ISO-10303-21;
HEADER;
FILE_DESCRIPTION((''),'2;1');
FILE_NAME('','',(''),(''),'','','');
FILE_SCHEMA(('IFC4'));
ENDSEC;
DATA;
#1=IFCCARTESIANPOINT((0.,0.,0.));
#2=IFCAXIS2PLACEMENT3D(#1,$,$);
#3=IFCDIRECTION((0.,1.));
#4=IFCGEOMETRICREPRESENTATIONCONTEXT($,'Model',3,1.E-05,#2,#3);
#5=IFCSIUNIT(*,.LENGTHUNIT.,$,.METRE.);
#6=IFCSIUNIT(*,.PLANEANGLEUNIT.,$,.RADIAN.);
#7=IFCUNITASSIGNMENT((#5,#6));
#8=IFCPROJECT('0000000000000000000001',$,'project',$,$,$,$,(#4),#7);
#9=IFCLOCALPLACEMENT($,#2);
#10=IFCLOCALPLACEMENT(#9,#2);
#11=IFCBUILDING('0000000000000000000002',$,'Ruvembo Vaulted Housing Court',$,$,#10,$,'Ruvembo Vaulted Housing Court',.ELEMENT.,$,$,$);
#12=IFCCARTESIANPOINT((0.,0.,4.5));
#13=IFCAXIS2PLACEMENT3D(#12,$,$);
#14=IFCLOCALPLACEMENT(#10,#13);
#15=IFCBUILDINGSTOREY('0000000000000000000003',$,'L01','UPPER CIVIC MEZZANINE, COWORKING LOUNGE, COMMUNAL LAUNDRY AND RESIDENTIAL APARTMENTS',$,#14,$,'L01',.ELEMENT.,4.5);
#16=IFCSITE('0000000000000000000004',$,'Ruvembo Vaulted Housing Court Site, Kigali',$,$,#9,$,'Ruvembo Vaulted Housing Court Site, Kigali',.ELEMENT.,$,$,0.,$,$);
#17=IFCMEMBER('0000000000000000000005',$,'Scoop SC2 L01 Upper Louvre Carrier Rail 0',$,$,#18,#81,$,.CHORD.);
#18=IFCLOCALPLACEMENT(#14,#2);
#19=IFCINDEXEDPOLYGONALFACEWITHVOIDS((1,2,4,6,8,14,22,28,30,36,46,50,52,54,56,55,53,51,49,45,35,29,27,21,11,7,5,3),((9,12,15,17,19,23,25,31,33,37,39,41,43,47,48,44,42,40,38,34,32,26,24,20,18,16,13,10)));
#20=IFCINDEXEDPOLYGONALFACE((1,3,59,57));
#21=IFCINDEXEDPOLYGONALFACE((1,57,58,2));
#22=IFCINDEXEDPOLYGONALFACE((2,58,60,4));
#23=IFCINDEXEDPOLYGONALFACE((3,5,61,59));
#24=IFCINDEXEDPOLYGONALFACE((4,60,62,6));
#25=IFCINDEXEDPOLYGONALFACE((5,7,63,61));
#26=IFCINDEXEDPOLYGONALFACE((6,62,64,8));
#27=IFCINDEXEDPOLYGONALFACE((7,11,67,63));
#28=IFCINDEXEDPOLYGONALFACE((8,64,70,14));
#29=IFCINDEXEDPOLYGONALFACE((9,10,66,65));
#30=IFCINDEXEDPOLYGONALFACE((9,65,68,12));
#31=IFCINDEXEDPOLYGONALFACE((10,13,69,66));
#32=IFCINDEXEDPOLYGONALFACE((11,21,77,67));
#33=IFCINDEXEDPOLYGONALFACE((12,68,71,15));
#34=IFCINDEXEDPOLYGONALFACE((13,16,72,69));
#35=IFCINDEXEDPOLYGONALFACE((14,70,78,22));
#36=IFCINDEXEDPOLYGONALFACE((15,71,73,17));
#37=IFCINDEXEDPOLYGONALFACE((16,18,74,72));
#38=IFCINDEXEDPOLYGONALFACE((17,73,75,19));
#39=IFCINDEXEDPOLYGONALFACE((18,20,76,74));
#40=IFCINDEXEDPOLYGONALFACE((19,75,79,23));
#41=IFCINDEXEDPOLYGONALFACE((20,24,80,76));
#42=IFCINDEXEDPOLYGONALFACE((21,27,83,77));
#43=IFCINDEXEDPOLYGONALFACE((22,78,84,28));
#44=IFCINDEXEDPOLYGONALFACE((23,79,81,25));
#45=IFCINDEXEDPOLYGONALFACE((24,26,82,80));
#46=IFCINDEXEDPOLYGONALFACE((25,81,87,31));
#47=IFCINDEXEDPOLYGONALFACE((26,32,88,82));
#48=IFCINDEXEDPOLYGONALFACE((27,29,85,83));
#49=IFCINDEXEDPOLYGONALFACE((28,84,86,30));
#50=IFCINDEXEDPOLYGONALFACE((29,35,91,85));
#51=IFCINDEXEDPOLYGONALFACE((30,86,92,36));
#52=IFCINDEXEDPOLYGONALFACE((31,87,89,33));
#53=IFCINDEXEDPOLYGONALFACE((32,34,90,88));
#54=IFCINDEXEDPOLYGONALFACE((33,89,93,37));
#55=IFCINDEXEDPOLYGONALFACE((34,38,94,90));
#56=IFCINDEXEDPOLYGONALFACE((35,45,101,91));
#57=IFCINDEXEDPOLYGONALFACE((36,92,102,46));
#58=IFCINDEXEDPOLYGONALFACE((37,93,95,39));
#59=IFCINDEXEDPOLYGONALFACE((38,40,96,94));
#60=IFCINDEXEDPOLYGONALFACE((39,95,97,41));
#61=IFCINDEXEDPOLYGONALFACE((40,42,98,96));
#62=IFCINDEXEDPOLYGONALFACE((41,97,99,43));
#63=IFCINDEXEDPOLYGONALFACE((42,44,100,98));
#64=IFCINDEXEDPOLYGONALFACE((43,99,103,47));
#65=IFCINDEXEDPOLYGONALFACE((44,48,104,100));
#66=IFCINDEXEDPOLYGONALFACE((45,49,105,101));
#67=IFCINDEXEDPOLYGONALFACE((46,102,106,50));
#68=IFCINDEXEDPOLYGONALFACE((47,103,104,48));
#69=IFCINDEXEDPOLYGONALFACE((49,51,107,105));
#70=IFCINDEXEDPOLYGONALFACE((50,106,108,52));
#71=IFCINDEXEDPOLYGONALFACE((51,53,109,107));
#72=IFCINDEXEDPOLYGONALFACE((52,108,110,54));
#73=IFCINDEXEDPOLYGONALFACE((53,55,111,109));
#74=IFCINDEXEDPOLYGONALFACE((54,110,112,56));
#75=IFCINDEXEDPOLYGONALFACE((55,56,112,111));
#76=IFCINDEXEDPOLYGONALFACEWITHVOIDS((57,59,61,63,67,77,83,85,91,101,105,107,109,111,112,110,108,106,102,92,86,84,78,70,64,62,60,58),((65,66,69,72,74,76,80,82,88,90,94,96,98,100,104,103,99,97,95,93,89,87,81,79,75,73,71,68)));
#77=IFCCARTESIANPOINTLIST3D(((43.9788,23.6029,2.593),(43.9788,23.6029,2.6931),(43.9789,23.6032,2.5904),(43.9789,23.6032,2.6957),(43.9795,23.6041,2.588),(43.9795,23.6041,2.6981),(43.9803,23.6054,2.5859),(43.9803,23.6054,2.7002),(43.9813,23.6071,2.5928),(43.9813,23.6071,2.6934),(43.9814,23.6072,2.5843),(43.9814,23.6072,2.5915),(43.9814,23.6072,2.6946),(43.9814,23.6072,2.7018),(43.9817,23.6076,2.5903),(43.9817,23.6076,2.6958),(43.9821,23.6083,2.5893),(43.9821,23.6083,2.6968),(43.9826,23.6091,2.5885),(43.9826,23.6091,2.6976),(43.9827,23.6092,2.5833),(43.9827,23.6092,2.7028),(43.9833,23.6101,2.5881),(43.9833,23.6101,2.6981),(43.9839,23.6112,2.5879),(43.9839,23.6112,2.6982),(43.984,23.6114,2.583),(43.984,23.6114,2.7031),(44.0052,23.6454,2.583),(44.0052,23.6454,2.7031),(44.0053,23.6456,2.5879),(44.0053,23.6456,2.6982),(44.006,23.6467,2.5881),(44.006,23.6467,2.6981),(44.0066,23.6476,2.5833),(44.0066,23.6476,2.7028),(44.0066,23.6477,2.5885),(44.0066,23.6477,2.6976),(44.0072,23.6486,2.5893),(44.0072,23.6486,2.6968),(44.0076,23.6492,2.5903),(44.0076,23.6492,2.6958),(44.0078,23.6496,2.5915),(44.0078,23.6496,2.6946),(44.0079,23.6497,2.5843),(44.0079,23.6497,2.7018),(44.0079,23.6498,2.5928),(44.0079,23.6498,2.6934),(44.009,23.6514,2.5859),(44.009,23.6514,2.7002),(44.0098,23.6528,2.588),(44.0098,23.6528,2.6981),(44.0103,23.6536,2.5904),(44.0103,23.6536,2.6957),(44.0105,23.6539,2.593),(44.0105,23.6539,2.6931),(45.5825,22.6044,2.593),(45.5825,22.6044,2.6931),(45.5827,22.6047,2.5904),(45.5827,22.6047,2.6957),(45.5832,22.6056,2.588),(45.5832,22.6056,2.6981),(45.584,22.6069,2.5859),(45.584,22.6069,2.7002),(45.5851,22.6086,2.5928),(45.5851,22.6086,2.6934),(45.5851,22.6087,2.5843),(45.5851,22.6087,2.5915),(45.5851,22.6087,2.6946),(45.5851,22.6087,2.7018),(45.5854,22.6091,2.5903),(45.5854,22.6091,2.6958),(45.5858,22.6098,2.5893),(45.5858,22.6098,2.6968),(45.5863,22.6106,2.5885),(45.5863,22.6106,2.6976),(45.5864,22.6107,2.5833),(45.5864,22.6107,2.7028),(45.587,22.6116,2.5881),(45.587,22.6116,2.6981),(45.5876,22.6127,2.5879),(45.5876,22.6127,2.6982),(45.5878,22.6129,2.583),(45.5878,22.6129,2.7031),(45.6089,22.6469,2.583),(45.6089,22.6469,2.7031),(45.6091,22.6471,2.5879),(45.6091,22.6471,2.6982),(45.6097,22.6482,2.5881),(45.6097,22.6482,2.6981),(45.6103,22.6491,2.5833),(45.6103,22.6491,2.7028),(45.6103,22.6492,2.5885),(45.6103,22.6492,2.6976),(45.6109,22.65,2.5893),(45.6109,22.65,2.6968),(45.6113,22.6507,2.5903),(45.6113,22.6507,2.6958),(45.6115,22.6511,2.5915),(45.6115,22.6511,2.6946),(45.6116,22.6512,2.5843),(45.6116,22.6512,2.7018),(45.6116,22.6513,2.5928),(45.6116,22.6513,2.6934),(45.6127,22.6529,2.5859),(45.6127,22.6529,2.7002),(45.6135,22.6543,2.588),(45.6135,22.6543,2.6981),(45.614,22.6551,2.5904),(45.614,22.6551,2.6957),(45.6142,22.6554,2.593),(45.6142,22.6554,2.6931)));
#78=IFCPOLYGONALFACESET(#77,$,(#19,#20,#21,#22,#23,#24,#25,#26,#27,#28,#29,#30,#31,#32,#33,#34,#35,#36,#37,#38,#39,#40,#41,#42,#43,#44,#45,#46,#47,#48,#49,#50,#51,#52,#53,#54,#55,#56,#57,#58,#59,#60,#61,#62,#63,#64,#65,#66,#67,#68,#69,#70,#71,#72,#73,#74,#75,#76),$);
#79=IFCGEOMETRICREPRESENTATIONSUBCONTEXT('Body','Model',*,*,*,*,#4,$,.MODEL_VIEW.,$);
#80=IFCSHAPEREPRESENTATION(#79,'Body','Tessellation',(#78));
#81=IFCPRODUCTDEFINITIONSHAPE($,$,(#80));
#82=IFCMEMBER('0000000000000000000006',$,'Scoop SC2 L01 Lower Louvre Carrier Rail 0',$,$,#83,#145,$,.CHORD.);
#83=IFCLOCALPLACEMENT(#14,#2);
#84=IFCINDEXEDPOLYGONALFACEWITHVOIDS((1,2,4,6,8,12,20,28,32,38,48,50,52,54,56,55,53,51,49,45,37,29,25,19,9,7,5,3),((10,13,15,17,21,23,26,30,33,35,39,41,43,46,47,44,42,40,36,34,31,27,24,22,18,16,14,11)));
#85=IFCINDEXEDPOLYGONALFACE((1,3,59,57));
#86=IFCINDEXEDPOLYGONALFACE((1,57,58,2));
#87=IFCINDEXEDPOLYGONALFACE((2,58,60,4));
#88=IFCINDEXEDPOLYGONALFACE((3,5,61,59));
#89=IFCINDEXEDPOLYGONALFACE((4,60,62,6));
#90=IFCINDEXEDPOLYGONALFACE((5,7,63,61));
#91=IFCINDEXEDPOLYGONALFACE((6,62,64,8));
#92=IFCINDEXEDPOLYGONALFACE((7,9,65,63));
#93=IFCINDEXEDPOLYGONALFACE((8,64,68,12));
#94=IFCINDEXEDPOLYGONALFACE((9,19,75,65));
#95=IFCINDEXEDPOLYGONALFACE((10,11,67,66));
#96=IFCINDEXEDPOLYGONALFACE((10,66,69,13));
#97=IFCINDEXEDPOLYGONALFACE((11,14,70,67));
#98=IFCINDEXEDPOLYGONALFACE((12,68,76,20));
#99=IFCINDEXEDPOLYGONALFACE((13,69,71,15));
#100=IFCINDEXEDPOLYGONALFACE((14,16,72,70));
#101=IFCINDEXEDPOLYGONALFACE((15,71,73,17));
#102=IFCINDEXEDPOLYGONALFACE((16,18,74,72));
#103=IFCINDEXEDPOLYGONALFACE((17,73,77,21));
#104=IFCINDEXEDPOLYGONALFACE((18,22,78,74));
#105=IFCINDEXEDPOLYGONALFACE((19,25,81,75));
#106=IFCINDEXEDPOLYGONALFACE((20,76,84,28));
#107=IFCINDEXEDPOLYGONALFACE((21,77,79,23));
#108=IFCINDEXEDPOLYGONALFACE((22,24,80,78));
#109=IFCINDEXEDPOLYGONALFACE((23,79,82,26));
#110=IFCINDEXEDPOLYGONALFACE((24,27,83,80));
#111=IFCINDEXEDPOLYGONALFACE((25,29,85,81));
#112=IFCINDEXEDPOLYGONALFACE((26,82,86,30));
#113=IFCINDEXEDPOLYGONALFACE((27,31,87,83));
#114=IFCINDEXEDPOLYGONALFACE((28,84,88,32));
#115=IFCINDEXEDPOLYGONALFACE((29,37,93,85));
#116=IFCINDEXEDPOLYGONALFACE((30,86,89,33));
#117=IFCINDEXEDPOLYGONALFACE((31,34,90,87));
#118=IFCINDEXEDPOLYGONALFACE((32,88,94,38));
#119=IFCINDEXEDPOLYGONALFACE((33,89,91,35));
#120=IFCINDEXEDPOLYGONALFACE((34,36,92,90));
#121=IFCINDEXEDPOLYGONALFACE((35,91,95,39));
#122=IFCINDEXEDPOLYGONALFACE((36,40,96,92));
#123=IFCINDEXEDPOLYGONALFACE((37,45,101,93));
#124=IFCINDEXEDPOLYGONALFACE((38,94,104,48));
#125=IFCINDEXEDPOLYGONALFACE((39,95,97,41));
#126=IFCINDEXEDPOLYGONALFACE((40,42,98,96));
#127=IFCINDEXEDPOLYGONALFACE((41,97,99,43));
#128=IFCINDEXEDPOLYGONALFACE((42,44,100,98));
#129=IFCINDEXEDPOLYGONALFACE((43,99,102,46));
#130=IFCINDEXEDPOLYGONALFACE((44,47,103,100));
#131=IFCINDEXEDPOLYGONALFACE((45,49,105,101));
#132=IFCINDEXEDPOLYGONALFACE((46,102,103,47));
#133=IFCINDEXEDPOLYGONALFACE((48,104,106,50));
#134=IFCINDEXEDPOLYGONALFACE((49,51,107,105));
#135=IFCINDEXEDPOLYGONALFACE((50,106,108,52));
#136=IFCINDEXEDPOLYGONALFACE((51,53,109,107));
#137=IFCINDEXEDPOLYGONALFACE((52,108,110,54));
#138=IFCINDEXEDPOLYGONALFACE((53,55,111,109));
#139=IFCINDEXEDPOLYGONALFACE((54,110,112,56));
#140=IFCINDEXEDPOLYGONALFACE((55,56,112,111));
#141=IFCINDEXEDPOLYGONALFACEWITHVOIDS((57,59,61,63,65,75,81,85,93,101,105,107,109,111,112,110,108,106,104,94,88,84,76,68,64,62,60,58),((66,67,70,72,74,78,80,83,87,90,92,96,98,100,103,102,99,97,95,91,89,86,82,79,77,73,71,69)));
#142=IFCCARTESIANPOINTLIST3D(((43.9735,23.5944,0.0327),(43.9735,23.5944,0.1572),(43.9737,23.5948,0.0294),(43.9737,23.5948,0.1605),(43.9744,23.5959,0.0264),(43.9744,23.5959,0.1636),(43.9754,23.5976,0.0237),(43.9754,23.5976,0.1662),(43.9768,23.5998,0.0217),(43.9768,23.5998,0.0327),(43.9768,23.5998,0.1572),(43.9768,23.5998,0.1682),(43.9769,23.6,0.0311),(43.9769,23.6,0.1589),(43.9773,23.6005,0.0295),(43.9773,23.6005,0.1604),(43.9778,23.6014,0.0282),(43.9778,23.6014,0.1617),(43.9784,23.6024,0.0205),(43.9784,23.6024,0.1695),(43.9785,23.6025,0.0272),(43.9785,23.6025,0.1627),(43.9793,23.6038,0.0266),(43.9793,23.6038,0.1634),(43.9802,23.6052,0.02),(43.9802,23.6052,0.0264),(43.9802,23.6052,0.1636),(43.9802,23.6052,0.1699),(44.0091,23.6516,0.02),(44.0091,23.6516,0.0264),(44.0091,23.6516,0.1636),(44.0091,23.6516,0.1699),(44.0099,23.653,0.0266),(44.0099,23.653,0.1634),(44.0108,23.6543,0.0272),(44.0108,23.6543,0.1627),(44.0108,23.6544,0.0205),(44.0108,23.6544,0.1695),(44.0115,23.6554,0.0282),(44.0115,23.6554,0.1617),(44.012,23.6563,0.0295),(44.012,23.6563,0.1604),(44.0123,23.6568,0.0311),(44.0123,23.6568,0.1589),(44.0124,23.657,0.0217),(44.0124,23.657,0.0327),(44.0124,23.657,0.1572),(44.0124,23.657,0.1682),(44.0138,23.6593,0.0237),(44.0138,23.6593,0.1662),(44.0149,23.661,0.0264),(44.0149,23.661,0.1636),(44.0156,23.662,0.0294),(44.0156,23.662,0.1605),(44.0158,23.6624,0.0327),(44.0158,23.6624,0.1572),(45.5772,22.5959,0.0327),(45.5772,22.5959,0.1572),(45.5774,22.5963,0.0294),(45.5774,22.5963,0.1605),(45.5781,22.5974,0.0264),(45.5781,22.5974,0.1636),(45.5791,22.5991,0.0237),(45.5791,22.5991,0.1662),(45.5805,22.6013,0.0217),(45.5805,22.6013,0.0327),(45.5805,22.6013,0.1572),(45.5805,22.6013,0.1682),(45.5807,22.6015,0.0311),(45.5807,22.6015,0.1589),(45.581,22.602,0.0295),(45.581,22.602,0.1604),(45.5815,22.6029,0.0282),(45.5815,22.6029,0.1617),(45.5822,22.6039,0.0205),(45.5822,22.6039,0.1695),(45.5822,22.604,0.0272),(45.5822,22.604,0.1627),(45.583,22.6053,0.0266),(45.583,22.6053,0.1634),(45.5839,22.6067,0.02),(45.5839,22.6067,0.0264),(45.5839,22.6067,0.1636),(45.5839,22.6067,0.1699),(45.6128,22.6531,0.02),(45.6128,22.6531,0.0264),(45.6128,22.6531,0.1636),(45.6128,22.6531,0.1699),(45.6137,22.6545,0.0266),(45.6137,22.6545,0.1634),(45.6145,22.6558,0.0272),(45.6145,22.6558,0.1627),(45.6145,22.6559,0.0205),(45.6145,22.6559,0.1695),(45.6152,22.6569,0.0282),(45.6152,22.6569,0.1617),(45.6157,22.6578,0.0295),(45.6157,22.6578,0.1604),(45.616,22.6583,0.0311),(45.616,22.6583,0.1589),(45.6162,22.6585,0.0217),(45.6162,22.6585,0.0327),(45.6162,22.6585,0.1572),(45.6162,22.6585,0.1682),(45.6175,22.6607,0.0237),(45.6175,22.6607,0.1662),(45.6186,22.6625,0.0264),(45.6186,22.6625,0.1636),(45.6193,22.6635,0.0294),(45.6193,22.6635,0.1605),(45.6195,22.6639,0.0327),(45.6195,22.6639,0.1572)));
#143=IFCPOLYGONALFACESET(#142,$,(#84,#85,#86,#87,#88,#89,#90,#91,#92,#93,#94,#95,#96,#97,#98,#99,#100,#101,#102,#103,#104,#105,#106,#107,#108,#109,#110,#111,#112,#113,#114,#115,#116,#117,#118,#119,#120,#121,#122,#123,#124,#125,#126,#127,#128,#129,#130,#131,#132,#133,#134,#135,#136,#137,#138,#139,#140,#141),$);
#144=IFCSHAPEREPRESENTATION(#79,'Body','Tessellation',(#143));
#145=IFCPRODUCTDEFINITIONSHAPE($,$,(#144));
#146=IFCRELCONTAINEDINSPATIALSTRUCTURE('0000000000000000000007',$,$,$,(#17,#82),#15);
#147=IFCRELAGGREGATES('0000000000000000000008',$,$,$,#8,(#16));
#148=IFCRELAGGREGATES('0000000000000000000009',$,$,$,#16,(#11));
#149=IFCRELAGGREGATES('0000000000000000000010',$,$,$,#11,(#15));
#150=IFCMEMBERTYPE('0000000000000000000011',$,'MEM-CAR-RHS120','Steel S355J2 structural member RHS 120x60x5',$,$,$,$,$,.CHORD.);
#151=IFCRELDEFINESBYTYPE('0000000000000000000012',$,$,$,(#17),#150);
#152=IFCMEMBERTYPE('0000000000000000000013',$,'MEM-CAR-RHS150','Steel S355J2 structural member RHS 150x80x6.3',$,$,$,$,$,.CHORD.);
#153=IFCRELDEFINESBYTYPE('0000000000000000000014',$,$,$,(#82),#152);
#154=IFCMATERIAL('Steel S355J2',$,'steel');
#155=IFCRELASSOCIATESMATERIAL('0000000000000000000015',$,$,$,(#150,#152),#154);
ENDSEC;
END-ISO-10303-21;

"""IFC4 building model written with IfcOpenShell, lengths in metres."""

from ifc_helpers import new_model, si_unit, direction, frame, origin, origin_2d, place, context, subcontext, project, spatial, hollow_rectangle, extrude, material, material_profile, profile_set, type_object, element, save


model = new_model("IFC4")

# Units and contexts
model_context = context("Model", 3, precision=1e-05, world=origin(), true_north=direction((0.0, 1.0)))
body_context = subcontext(model_context, "Body", "Model", "MODEL_VIEW")
ifc_project = project(units=[si_unit("LENGTHUNIT", "METRE"), si_unit("PLANEANGLEUNIT", "RADIAN")], contexts=[model_context])

# Site, building, storey
site_placement = place(None, origin())
site = spatial("IfcSite", under=ifc_project, at=site_placement, Name="Ruvembo Vaulted Housing Court Site, Kigali", LongName="Ruvembo Vaulted Housing Court Site, Kigali", CompositionType="ELEMENT", RefElevation=0.0)
building_placement = place(site_placement, origin())
building = spatial("IfcBuilding", under=site, at=building_placement, Name="Ruvembo Vaulted Housing Court", LongName="Ruvembo Vaulted Housing Court", CompositionType="ELEMENT")
storey_placement = place(building_placement, frame((0.0, 0.0, 4.5)))
storey = spatial("IfcBuildingStorey", under=building, at=storey_placement, Name="L01", Description="UPPER CIVIC MEZZANINE, COWORKING LOUNGE, COMMUNAL LAUNDRY AND RESIDENTIAL APARTMENTS", LongName="L01", CompositionType="ELEMENT", Elevation=4.5)

# Shared definitions
ifc_material_1 = material(Name="Steel S355J2", Category="steel")

# Members
ifc_material_profile_1 = material_profile(ifc_material_1, hollow_rectangle(XDim=0.0601, YDim=0.1201, WallThickness=0.0049, InnerFilletRadius=0.0049, OuterFilletRadius=0.01, at=origin_2d()), Name="RHS 120x60x5")
ifc_profile_set_1 = profile_set([ifc_material_profile_1], Name="Steel S355J2")
member_type_1 = type_object("IfcMemberType", Name="MEM-CAR-RHS120", Description="Steel S355J2 structural member RHS 120x60x5", PredefinedType="CHORD", material=ifc_profile_set_1)
member_1_placement = place(storey_placement, frame((43.9946, 23.6284, 2.6431), z_axis=(0.848905, -0.528546, 0.0), x_axis=(0.528546, 0.848905, 0.0)))
element("IfcMember", 1, at=member_1_placement, inside=storey, type_object=member_type_1, Name="Scoop SC2 L01 Upper Louvre Carrier Rail 0", PredefinedType="CHORD", context=body_context, shape_type="SweptSolid", body=[
    extrude(hollow_rectangle(XDim=0.0601, YDim=0.1201, WallThickness=0.0049, InnerFilletRadius=0.0049, OuterFilletRadius=0.01, at=origin_2d()), origin(), (0.0, 0.0, 1.0), 1.8892),
])
ifc_material_profile_2 = material_profile(ifc_material_1, hollow_rectangle(XDim=0.0801, YDim=0.1499, WallThickness=0.0063, InnerFilletRadius=0.0063, OuterFilletRadius=0.0127, at=origin_2d()), Name="RHS 150x80x6.3")
ifc_profile_set_2 = profile_set([ifc_material_profile_2], Name="Steel S355J2")
member_type_2 = type_object("IfcMemberType", Name="MEM-CAR-RHS150", Description="Steel S355J2 structural member RHS 150x80x6.3", PredefinedType="CHORD", material=ifc_profile_set_2)
member_2_placement = place(storey_placement, frame((43.9946, 23.6284, 0.095), z_axis=(0.848905, -0.528546, 0.0), x_axis=(0.528546, 0.848905, 0.0)))
element("IfcMember", 2, at=member_2_placement, inside=storey, type_object=member_type_2, Name="Scoop SC2 L01 Lower Louvre Carrier Rail 0", PredefinedType="CHORD", context=body_context, shape_type="SweptSolid", body=[
    extrude(hollow_rectangle(XDim=0.0801, YDim=0.1499, WallThickness=0.0063, InnerFilletRadius=0.0063, OuterFilletRadius=0.0127, at=origin_2d()), origin(), (0.0, 0.0, 1.0), 1.8892),
])

save(model, "model.ifc")
